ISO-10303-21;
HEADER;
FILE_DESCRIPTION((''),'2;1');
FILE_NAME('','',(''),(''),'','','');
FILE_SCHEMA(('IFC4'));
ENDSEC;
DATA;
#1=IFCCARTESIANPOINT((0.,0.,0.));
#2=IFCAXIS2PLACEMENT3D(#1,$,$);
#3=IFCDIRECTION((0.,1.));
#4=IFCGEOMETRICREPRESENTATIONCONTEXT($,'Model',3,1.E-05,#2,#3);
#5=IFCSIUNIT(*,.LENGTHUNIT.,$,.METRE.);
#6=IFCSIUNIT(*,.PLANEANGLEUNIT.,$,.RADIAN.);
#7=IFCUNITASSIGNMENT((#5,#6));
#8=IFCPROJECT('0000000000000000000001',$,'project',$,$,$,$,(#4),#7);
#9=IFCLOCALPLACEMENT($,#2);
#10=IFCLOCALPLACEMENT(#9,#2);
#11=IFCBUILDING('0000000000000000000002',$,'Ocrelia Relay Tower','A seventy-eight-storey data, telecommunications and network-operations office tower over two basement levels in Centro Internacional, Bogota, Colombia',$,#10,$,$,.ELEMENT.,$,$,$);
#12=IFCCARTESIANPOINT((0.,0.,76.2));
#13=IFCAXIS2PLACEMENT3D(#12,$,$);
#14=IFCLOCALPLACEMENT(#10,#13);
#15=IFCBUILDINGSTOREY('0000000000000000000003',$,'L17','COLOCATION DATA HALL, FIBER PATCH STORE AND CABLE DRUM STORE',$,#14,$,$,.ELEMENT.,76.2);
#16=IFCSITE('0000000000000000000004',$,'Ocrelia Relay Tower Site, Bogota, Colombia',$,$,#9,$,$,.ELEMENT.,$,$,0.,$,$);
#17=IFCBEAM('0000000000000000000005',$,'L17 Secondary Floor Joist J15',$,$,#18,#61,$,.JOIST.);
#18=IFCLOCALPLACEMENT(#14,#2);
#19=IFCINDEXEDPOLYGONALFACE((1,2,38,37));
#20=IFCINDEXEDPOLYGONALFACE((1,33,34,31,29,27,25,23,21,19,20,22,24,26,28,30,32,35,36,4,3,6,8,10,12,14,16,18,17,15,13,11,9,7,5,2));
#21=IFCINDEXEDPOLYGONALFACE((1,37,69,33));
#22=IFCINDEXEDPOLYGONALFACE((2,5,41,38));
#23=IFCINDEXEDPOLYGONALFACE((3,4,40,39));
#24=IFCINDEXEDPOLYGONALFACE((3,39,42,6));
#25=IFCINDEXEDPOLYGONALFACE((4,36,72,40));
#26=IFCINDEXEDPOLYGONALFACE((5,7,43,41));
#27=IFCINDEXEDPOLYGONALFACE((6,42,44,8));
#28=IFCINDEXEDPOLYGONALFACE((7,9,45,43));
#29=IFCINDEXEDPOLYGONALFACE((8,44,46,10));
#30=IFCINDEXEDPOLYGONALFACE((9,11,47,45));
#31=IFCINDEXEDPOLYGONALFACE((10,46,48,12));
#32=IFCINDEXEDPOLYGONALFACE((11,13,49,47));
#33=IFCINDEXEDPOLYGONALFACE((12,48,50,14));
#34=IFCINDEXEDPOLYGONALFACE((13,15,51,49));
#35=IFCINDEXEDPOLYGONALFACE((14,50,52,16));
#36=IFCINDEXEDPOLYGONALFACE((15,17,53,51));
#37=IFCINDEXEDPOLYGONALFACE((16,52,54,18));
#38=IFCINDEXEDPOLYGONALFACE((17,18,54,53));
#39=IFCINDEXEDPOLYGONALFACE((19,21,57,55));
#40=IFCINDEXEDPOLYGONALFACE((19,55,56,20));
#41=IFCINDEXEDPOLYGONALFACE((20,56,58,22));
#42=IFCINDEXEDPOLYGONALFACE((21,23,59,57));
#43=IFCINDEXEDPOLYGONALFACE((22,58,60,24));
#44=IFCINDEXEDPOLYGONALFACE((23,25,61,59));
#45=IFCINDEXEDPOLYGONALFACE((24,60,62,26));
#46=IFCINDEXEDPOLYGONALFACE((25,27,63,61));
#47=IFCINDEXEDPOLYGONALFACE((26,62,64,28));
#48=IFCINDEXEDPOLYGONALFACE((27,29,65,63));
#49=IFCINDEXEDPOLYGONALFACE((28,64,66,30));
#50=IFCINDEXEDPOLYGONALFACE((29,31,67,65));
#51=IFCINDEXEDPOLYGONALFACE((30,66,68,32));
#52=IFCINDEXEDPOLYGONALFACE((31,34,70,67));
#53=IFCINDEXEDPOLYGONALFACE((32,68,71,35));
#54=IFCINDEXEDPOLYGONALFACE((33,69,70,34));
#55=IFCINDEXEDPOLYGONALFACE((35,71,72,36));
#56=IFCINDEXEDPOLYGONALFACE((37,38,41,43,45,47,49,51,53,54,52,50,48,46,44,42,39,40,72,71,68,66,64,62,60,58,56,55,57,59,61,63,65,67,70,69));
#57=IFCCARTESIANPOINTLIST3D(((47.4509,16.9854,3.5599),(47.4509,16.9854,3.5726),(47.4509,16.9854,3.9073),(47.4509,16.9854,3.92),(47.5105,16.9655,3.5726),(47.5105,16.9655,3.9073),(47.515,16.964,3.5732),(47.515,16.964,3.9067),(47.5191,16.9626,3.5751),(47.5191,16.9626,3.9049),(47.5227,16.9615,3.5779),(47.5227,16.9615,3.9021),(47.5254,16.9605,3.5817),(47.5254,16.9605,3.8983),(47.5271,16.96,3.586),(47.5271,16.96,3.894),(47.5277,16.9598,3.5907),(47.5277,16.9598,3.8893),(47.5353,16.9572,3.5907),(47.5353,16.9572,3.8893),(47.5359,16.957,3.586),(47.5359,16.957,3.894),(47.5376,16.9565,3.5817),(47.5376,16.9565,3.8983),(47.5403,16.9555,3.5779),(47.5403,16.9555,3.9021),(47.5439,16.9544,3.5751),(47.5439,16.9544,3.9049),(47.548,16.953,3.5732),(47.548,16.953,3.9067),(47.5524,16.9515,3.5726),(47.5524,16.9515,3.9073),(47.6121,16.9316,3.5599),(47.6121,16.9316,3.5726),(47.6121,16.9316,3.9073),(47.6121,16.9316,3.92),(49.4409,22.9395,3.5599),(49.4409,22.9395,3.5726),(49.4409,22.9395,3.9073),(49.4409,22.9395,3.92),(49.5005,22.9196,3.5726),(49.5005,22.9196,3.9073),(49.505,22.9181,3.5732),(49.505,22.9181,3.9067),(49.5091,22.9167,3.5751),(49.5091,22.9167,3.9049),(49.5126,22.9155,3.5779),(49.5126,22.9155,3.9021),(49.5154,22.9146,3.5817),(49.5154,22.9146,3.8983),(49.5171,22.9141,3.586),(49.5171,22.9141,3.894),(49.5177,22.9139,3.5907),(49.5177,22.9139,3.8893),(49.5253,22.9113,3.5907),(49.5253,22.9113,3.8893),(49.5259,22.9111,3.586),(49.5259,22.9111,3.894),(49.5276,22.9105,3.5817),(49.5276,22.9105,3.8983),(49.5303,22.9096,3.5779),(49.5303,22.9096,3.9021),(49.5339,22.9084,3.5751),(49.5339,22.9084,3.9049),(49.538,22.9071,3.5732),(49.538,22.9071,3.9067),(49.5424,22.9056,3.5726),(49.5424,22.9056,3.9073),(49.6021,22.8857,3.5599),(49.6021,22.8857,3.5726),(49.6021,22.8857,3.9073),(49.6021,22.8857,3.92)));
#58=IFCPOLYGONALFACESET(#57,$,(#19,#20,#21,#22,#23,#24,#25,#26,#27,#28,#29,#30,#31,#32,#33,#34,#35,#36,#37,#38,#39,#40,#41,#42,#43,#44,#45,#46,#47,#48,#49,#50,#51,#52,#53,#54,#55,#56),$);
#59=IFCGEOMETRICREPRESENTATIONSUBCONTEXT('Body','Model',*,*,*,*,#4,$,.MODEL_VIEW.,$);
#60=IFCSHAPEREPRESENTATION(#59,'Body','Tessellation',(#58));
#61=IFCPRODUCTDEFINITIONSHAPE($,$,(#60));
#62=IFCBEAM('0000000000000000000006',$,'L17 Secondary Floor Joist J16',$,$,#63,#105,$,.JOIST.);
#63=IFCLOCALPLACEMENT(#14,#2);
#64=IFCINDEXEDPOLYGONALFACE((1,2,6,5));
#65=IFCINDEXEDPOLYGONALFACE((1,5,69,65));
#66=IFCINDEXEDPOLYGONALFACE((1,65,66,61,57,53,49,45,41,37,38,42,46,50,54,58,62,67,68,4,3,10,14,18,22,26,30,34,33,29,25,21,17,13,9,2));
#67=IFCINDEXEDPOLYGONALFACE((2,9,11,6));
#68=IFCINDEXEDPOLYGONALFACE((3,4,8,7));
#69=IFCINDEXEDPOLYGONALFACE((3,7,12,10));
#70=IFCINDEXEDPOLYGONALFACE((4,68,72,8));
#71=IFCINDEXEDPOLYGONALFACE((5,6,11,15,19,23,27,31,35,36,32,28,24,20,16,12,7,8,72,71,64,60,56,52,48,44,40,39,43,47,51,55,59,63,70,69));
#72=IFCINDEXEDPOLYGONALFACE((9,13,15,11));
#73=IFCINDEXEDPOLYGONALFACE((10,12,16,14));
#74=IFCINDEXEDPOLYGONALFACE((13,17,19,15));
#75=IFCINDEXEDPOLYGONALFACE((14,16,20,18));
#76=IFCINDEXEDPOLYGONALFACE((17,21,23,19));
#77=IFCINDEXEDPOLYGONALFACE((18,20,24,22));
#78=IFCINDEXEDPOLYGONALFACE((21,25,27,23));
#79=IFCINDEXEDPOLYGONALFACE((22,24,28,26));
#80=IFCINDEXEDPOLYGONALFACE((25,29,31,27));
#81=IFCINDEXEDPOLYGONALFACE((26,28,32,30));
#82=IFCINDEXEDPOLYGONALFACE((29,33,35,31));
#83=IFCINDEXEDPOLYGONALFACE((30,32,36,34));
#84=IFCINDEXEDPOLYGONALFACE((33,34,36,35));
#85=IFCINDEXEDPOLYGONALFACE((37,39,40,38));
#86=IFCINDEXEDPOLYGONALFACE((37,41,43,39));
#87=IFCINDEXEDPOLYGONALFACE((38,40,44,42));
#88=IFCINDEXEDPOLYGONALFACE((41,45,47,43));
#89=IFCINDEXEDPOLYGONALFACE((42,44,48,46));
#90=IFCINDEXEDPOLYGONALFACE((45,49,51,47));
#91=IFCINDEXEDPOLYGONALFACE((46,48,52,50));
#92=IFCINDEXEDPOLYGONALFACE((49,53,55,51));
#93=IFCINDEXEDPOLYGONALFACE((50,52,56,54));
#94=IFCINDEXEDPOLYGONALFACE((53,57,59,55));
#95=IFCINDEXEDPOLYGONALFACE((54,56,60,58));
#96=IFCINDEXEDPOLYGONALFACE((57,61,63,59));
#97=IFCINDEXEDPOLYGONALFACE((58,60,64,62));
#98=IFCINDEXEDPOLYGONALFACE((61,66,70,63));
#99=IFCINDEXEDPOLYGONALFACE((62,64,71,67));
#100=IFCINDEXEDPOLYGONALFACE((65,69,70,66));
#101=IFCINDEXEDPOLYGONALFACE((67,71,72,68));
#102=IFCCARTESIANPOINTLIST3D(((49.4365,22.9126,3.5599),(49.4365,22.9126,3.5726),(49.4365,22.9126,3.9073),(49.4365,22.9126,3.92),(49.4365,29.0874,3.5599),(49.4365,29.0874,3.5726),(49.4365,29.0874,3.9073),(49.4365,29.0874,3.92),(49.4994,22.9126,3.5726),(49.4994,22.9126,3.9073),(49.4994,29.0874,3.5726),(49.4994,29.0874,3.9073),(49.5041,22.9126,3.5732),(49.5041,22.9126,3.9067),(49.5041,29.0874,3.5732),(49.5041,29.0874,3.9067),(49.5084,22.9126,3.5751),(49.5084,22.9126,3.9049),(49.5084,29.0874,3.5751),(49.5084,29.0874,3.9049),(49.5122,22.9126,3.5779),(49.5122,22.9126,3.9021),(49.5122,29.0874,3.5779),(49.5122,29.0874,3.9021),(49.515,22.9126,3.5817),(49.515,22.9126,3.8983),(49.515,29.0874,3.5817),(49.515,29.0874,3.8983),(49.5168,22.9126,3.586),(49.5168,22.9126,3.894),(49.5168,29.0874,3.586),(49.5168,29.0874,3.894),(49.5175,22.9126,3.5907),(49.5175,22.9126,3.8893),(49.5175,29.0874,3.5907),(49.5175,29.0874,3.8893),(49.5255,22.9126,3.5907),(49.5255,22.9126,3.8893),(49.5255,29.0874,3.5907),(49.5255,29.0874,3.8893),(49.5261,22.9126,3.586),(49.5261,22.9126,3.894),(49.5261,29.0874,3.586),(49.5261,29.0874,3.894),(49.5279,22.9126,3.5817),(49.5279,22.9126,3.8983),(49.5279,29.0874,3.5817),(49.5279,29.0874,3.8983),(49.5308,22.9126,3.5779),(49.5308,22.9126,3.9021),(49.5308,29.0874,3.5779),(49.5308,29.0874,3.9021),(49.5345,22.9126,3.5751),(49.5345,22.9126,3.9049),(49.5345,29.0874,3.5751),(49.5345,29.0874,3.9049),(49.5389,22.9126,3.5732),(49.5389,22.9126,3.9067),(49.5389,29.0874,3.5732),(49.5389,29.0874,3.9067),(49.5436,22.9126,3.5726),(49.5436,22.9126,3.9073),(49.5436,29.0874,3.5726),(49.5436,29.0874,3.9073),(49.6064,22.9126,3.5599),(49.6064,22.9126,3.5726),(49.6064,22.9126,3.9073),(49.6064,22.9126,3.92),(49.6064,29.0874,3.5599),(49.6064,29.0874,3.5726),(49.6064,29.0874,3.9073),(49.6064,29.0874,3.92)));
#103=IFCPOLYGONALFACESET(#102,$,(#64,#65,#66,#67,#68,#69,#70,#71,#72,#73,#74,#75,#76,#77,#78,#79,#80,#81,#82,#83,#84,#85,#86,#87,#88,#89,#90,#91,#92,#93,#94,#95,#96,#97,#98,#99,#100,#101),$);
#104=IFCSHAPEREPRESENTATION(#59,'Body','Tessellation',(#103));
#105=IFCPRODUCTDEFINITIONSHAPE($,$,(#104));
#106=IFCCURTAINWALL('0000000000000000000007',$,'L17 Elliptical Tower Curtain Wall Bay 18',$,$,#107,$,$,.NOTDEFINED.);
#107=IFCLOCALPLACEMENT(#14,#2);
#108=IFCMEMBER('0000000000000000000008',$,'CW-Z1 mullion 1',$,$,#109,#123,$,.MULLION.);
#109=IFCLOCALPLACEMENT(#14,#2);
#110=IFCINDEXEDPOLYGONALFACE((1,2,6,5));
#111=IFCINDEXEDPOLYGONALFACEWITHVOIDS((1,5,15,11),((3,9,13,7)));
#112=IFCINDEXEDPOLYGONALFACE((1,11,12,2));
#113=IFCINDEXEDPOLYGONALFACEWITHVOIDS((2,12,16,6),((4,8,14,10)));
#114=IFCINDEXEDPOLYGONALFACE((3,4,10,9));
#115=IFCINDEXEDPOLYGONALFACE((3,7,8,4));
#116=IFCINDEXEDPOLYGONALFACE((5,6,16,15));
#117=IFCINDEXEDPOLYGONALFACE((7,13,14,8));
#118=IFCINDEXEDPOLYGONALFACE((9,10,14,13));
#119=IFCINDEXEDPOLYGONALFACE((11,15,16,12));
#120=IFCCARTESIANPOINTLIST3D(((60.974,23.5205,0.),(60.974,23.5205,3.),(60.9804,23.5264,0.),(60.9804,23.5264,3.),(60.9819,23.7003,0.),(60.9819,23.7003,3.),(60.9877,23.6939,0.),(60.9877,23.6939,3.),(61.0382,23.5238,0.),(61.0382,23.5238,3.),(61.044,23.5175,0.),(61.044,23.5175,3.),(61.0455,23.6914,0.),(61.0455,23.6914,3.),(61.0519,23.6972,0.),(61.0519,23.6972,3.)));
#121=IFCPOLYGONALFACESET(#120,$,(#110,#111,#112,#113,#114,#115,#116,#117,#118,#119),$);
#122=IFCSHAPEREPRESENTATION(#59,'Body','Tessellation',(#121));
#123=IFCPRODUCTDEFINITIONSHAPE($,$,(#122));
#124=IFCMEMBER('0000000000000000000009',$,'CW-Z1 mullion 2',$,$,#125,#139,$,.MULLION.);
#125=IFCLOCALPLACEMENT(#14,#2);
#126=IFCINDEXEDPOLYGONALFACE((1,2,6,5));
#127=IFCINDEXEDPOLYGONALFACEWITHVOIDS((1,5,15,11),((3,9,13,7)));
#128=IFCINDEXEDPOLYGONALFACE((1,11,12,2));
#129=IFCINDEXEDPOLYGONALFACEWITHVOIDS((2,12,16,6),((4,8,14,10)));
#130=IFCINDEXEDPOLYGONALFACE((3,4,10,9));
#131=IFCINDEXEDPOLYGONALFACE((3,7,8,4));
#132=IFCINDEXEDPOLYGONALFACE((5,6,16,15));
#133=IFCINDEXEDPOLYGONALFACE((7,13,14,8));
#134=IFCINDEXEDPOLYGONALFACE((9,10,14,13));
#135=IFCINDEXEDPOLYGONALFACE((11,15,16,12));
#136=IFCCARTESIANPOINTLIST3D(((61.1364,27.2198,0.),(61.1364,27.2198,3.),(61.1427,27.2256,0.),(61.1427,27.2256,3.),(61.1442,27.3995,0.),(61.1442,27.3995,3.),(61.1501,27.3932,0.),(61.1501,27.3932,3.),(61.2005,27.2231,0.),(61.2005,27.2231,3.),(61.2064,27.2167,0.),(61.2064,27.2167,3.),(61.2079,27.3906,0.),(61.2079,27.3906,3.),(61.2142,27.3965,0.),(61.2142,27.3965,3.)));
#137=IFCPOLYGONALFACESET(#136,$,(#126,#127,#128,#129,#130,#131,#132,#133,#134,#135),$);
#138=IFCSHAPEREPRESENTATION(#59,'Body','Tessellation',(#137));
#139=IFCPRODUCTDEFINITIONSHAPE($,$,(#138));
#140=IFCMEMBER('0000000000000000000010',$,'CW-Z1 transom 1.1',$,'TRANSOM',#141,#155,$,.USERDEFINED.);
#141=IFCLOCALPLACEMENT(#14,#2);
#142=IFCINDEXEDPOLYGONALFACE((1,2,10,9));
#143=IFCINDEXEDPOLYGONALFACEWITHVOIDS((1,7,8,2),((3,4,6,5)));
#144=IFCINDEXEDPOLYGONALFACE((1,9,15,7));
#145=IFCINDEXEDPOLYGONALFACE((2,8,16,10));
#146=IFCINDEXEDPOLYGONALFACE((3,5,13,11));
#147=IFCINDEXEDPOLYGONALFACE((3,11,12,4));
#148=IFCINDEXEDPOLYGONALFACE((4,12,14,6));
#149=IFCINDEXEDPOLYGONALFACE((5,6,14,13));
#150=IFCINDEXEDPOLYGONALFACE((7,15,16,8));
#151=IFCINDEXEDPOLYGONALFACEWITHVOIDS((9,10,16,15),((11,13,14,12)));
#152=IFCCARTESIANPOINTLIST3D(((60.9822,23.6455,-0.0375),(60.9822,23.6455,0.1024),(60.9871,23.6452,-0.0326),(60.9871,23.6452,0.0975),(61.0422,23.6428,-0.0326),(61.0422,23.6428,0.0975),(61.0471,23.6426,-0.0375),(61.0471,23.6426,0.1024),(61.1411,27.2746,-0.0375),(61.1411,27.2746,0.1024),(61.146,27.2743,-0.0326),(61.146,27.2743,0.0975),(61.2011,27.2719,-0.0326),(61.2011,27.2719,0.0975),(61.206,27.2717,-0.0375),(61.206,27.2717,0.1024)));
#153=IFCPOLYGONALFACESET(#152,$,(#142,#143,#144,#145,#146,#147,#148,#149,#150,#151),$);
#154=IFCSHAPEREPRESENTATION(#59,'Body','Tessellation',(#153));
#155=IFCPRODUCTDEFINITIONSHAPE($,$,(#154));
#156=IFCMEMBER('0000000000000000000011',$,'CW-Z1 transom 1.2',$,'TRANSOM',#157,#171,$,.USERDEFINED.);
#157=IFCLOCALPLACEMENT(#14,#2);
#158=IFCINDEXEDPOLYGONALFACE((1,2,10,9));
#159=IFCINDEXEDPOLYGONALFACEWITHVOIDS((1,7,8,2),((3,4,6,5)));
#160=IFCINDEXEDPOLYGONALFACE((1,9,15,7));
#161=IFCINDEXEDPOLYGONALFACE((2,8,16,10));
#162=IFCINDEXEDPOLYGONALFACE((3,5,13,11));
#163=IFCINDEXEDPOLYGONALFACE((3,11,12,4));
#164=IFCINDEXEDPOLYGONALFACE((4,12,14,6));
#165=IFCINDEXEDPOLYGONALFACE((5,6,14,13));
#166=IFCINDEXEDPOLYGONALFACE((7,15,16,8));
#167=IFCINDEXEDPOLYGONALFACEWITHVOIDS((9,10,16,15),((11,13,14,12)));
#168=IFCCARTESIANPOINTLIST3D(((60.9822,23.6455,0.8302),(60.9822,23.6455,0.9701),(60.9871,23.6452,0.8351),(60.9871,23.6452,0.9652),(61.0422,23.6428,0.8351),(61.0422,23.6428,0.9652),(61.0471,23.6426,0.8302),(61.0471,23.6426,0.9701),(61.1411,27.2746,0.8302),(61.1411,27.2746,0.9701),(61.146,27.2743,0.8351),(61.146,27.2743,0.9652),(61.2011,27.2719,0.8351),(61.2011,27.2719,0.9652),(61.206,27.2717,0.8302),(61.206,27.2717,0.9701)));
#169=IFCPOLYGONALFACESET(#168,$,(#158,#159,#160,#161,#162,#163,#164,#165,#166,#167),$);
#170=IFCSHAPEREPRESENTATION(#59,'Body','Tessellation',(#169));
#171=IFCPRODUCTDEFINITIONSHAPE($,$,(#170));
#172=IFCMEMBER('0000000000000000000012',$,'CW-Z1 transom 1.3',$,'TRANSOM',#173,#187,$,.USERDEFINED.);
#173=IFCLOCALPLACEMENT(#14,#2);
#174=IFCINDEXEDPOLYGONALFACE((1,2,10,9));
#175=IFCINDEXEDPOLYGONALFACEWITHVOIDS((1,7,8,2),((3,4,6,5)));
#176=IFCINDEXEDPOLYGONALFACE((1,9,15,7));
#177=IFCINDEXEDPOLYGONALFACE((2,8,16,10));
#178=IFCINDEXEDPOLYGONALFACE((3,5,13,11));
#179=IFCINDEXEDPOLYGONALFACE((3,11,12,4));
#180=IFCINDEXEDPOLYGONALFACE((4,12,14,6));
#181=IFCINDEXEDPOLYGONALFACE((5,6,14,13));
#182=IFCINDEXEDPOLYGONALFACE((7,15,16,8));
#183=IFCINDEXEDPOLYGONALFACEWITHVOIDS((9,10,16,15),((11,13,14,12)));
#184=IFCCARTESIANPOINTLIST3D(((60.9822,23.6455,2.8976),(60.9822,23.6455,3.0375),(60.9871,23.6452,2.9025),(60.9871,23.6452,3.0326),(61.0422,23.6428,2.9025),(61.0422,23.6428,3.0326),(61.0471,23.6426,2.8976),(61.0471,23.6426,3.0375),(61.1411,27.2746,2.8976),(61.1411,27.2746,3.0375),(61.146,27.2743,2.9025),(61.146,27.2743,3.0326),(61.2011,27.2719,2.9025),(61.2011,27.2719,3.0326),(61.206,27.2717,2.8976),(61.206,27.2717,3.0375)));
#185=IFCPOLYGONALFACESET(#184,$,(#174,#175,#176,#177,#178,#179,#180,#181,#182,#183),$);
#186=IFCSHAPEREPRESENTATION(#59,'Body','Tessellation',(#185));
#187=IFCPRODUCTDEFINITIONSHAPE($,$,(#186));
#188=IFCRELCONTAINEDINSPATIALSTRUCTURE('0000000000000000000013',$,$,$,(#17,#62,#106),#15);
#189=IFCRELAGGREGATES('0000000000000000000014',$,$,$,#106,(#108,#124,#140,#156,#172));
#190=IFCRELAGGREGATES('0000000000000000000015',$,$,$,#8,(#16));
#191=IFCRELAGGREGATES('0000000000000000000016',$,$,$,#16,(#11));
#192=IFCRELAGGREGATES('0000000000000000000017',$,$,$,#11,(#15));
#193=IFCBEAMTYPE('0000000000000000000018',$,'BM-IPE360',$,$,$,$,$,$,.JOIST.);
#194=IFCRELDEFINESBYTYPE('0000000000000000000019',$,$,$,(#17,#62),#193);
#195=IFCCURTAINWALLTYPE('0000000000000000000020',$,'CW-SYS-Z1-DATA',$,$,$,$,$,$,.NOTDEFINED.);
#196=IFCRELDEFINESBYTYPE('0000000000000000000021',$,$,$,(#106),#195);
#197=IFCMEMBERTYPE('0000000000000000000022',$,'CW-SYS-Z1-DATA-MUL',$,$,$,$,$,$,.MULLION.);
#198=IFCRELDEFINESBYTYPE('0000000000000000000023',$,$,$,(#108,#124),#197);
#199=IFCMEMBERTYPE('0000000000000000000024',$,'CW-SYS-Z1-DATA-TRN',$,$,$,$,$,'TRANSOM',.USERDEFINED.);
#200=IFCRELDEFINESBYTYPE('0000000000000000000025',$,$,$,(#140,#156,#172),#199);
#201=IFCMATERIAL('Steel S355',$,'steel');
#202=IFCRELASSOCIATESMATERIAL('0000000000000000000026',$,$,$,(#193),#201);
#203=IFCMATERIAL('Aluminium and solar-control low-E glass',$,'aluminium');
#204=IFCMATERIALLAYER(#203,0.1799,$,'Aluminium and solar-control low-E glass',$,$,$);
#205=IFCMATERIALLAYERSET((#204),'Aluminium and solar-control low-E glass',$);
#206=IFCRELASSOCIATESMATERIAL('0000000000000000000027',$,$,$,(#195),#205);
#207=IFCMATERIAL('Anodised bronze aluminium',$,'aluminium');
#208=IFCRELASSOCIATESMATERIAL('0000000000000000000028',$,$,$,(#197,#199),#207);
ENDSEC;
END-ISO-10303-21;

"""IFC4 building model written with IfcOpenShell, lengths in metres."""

from ifc_helpers import new_model, si_unit, direction, frame, origin, origin_2d, place, context, subcontext, project, spatial, hollow_rectangle, i_section, extrude, material, layer, layer_set, material_profile, profile_set, type_object, element, aggregate, save


model = new_model("IFC4")

# Units and contexts
model_context = context("Model", 3, precision=1e-05, world=origin(), true_north=direction((0.0, 1.0)))
body_context = subcontext(model_context, "Body", "Model", "MODEL_VIEW")
ifc_project = project(units=[si_unit("LENGTHUNIT", "METRE"), si_unit("PLANEANGLEUNIT", "RADIAN")], contexts=[model_context])

# Site, building, storey
site_placement = place(None, origin())
site = spatial("IfcSite", under=ifc_project, at=site_placement, Name="Ocrelia Relay Tower Site, Bogota, Colombia", CompositionType="ELEMENT", RefElevation=0.0)
building_placement = place(site_placement, origin())
building = spatial("IfcBuilding", under=site, at=building_placement, Name="Ocrelia Relay Tower", Description="A seventy-eight-storey data, telecommunications and network-operations office tower over two basement levels in Centro Internacional, Bogota, Colombia", CompositionType="ELEMENT")
storey_placement = place(building_placement, frame((0.0, 0.0, 76.2)))
storey = spatial("IfcBuildingStorey", under=building, at=storey_placement, Name="L17", Description="COLOCATION DATA HALL, FIBER PATCH STORE AND CABLE DRUM STORE", CompositionType="ELEMENT", Elevation=76.2)

# Beams
ifc_material_1 = material(Name="Steel S355", Category="steel")
ifc_material_profile_1 = material_profile(ifc_material_1, i_section(OverallWidth=0.1699, OverallDepth=0.3601, WebThickness=0.0081, FlangeThickness=0.0127, FilletRadius=0.0181, at=origin_2d()), Name="IPE 360")
ifc_profile_set_1 = profile_set([ifc_material_profile_1], Name="Steel S355")
beam_type_1 = type_object("IfcBeamType", Name="BM-IPE360", PredefinedType="JOIST", material=ifc_profile_set_1)
beam_1_placement = place(storey_placement, frame((47.5315, 16.9585, 3.74), z_axis=(0.316986, 0.94843, 0.0), x_axis=(-0.94843, 0.316986, 0.0)))
element("IfcBeam", 1, at=beam_1_placement, inside=storey, type_object=beam_type_1, Name="L17 Secondary Floor Joist J15", PredefinedType="JOIST", context=body_context, shape_type="SweptSolid", body=[
    extrude(i_section(OverallWidth=0.1699, OverallDepth=0.3601, WebThickness=0.0081, FlangeThickness=0.0127, FilletRadius=0.0181, at=origin_2d()), origin(), (0.0, 0.0, 1.0), 6.2778),
])
beam_2_placement = place(storey_placement, frame((49.5215, 22.9126, 3.74), z_axis=(0.0, 1.0, 0.0), x_axis=(-1.0, 0.0, 0.0)))
element("IfcBeam", 2, at=beam_2_placement, inside=storey, type_object=beam_type_1, Name="L17 Secondary Floor Joist J16", PredefinedType="JOIST", context=body_context, shape_type="SweptSolid", body=[
    extrude(i_section(OverallWidth=0.1699, OverallDepth=0.3601, WebThickness=0.0081, FlangeThickness=0.0127, FilletRadius=0.0181, at=origin_2d()), origin(), (0.0, 0.0, 1.0), 6.1748),
])

# Curtain wall, members
ifc_material_2 = material(Name="Aluminium and solar-control low-E glass", Category="aluminium")
ifc_layer_1 = layer(ifc_material_2, 0.1799, Name="Aluminium and solar-control low-E glass")
ifc_layer_set_1 = layer_set([ifc_layer_1], Name="Aluminium and solar-control low-E glass")
curtain_wall_type = type_object("IfcCurtainWallType", Name="CW-SYS-Z1-DATA", PredefinedType="NOTDEFINED", material=ifc_layer_set_1)
curtain_wall_placement = place(storey_placement, origin())
curtain_wall = element("IfcCurtainWall", 3, at=curtain_wall_placement, inside=storey, type_object=curtain_wall_type, Name="L17 Elliptical Tower Curtain Wall Bay 18", PredefinedType="NOTDEFINED")
ifc_material_3 = material(Name="Anodised bronze aluminium", Category="aluminium")
ifc_material_profile_2 = material_profile(ifc_material_3, hollow_rectangle(XDim=0.0701, YDim=0.1799, WallThickness=0.0061, at=origin_2d()), Name="CW-MUL-180x70")
ifc_profile_set_2 = profile_set([ifc_material_profile_2], Name="Anodised bronze aluminium")
member_type_1 = type_object("IfcMemberType", Name="CW-SYS-Z1-DATA-MUL", PredefinedType="MULLION", material=ifc_profile_set_2)
member_1_placement = place(storey_placement, frame((61.0129, 23.6089, 0.0), z_axis=(0.0, 0.0, 1.0), x_axis=(-0.99904, 0.043797, 0.0)))
member_1 = element("IfcMember", 4, at=member_1_placement, type_object=member_type_1, Name="CW-Z1 mullion 1", PredefinedType="MULLION", context=body_context, shape_type="SweptSolid", body=[
    extrude(hollow_rectangle(XDim=0.0701, YDim=0.1799, WallThickness=0.0061, at=origin_2d()), origin(), (0.0, 0.0, 1.0), 3.0),
])
member_2_placement = place(storey_placement, frame((61.1753, 27.3081, 0.0), z_axis=(0.0, 0.0, 1.0), x_axis=(-0.99904, 0.043797, 0.0)))
member_2 = element("IfcMember", 5, at=member_2_placement, type_object=member_type_1, Name="CW-Z1 mullion 2", PredefinedType="MULLION", context=body_context, shape_type="SweptSolid", body=[
    extrude(hollow_rectangle(XDim=0.0701, YDim=0.1799, WallThickness=0.0061, at=origin_2d()), origin(), (0.0, 0.0, 1.0), 3.0),
])
ifc_material_profile_3 = material_profile(ifc_material_3, hollow_rectangle(XDim=0.0649, YDim=0.1399, WallThickness=0.0049, at=origin_2d()), Name="CW-TRN-140x65")
ifc_profile_set_3 = profile_set([ifc_material_profile_3], Name="Anodised bronze aluminium")
member_type_2 = type_object("IfcMemberType", Name="CW-SYS-Z1-DATA-TRN", ElementType="TRANSOM", PredefinedType="USERDEFINED", material=ifc_profile_set_3)
member_3_placement = place(storey_placement, frame((61.0146, 23.644, 0.0325), z_axis=(0.043752, 0.999042, 0.0), x_axis=(-0.999042, 0.043752, 0.0)))
member_3 = element("IfcMember", 6, at=member_3_placement, type_object=member_type_2, Name="CW-Z1 transom 1.1", ObjectType="TRANSOM", PredefinedType="USERDEFINED", context=body_context, shape_type="SweptSolid", body=[
    extrude(hollow_rectangle(XDim=0.0649, YDim=0.1399, WallThickness=0.0049, at=origin_2d()), origin(), (0.0, 0.0, 1.0), 3.6326),
])
member_4_placement = place(storey_placement, frame((61.0146, 23.644, 0.9001), z_axis=(0.043752, 0.999042, 0.0), x_axis=(-0.999042, 0.043752, 0.0)))
member_4 = element("IfcMember", 7, at=member_4_placement, type_object=member_type_2, Name="CW-Z1 transom 1.2", ObjectType="TRANSOM", PredefinedType="USERDEFINED", context=body_context, shape_type="SweptSolid", body=[
    extrude(hollow_rectangle(XDim=0.0649, YDim=0.1399, WallThickness=0.0049, at=origin_2d()), origin(), (0.0, 0.0, 1.0), 3.6326),
])
member_5_placement = place(storey_placement, frame((61.0146, 23.644, 2.9675), z_axis=(0.043752, 0.999042, 0.0), x_axis=(-0.999042, 0.043752, 0.0)))
member_5 = element("IfcMember", 8, at=member_5_placement, type_object=member_type_2, Name="CW-Z1 transom 1.3", ObjectType="TRANSOM", PredefinedType="USERDEFINED", context=body_context, shape_type="SweptSolid", body=[
    extrude(hollow_rectangle(XDim=0.0649, YDim=0.1399, WallThickness=0.0049, at=origin_2d()), origin(), (0.0, 0.0, 1.0), 3.6326),
])
aggregate(curtain_wall, [member_1, member_2, member_3, member_4, member_5])

save(model, "model.ifc")
